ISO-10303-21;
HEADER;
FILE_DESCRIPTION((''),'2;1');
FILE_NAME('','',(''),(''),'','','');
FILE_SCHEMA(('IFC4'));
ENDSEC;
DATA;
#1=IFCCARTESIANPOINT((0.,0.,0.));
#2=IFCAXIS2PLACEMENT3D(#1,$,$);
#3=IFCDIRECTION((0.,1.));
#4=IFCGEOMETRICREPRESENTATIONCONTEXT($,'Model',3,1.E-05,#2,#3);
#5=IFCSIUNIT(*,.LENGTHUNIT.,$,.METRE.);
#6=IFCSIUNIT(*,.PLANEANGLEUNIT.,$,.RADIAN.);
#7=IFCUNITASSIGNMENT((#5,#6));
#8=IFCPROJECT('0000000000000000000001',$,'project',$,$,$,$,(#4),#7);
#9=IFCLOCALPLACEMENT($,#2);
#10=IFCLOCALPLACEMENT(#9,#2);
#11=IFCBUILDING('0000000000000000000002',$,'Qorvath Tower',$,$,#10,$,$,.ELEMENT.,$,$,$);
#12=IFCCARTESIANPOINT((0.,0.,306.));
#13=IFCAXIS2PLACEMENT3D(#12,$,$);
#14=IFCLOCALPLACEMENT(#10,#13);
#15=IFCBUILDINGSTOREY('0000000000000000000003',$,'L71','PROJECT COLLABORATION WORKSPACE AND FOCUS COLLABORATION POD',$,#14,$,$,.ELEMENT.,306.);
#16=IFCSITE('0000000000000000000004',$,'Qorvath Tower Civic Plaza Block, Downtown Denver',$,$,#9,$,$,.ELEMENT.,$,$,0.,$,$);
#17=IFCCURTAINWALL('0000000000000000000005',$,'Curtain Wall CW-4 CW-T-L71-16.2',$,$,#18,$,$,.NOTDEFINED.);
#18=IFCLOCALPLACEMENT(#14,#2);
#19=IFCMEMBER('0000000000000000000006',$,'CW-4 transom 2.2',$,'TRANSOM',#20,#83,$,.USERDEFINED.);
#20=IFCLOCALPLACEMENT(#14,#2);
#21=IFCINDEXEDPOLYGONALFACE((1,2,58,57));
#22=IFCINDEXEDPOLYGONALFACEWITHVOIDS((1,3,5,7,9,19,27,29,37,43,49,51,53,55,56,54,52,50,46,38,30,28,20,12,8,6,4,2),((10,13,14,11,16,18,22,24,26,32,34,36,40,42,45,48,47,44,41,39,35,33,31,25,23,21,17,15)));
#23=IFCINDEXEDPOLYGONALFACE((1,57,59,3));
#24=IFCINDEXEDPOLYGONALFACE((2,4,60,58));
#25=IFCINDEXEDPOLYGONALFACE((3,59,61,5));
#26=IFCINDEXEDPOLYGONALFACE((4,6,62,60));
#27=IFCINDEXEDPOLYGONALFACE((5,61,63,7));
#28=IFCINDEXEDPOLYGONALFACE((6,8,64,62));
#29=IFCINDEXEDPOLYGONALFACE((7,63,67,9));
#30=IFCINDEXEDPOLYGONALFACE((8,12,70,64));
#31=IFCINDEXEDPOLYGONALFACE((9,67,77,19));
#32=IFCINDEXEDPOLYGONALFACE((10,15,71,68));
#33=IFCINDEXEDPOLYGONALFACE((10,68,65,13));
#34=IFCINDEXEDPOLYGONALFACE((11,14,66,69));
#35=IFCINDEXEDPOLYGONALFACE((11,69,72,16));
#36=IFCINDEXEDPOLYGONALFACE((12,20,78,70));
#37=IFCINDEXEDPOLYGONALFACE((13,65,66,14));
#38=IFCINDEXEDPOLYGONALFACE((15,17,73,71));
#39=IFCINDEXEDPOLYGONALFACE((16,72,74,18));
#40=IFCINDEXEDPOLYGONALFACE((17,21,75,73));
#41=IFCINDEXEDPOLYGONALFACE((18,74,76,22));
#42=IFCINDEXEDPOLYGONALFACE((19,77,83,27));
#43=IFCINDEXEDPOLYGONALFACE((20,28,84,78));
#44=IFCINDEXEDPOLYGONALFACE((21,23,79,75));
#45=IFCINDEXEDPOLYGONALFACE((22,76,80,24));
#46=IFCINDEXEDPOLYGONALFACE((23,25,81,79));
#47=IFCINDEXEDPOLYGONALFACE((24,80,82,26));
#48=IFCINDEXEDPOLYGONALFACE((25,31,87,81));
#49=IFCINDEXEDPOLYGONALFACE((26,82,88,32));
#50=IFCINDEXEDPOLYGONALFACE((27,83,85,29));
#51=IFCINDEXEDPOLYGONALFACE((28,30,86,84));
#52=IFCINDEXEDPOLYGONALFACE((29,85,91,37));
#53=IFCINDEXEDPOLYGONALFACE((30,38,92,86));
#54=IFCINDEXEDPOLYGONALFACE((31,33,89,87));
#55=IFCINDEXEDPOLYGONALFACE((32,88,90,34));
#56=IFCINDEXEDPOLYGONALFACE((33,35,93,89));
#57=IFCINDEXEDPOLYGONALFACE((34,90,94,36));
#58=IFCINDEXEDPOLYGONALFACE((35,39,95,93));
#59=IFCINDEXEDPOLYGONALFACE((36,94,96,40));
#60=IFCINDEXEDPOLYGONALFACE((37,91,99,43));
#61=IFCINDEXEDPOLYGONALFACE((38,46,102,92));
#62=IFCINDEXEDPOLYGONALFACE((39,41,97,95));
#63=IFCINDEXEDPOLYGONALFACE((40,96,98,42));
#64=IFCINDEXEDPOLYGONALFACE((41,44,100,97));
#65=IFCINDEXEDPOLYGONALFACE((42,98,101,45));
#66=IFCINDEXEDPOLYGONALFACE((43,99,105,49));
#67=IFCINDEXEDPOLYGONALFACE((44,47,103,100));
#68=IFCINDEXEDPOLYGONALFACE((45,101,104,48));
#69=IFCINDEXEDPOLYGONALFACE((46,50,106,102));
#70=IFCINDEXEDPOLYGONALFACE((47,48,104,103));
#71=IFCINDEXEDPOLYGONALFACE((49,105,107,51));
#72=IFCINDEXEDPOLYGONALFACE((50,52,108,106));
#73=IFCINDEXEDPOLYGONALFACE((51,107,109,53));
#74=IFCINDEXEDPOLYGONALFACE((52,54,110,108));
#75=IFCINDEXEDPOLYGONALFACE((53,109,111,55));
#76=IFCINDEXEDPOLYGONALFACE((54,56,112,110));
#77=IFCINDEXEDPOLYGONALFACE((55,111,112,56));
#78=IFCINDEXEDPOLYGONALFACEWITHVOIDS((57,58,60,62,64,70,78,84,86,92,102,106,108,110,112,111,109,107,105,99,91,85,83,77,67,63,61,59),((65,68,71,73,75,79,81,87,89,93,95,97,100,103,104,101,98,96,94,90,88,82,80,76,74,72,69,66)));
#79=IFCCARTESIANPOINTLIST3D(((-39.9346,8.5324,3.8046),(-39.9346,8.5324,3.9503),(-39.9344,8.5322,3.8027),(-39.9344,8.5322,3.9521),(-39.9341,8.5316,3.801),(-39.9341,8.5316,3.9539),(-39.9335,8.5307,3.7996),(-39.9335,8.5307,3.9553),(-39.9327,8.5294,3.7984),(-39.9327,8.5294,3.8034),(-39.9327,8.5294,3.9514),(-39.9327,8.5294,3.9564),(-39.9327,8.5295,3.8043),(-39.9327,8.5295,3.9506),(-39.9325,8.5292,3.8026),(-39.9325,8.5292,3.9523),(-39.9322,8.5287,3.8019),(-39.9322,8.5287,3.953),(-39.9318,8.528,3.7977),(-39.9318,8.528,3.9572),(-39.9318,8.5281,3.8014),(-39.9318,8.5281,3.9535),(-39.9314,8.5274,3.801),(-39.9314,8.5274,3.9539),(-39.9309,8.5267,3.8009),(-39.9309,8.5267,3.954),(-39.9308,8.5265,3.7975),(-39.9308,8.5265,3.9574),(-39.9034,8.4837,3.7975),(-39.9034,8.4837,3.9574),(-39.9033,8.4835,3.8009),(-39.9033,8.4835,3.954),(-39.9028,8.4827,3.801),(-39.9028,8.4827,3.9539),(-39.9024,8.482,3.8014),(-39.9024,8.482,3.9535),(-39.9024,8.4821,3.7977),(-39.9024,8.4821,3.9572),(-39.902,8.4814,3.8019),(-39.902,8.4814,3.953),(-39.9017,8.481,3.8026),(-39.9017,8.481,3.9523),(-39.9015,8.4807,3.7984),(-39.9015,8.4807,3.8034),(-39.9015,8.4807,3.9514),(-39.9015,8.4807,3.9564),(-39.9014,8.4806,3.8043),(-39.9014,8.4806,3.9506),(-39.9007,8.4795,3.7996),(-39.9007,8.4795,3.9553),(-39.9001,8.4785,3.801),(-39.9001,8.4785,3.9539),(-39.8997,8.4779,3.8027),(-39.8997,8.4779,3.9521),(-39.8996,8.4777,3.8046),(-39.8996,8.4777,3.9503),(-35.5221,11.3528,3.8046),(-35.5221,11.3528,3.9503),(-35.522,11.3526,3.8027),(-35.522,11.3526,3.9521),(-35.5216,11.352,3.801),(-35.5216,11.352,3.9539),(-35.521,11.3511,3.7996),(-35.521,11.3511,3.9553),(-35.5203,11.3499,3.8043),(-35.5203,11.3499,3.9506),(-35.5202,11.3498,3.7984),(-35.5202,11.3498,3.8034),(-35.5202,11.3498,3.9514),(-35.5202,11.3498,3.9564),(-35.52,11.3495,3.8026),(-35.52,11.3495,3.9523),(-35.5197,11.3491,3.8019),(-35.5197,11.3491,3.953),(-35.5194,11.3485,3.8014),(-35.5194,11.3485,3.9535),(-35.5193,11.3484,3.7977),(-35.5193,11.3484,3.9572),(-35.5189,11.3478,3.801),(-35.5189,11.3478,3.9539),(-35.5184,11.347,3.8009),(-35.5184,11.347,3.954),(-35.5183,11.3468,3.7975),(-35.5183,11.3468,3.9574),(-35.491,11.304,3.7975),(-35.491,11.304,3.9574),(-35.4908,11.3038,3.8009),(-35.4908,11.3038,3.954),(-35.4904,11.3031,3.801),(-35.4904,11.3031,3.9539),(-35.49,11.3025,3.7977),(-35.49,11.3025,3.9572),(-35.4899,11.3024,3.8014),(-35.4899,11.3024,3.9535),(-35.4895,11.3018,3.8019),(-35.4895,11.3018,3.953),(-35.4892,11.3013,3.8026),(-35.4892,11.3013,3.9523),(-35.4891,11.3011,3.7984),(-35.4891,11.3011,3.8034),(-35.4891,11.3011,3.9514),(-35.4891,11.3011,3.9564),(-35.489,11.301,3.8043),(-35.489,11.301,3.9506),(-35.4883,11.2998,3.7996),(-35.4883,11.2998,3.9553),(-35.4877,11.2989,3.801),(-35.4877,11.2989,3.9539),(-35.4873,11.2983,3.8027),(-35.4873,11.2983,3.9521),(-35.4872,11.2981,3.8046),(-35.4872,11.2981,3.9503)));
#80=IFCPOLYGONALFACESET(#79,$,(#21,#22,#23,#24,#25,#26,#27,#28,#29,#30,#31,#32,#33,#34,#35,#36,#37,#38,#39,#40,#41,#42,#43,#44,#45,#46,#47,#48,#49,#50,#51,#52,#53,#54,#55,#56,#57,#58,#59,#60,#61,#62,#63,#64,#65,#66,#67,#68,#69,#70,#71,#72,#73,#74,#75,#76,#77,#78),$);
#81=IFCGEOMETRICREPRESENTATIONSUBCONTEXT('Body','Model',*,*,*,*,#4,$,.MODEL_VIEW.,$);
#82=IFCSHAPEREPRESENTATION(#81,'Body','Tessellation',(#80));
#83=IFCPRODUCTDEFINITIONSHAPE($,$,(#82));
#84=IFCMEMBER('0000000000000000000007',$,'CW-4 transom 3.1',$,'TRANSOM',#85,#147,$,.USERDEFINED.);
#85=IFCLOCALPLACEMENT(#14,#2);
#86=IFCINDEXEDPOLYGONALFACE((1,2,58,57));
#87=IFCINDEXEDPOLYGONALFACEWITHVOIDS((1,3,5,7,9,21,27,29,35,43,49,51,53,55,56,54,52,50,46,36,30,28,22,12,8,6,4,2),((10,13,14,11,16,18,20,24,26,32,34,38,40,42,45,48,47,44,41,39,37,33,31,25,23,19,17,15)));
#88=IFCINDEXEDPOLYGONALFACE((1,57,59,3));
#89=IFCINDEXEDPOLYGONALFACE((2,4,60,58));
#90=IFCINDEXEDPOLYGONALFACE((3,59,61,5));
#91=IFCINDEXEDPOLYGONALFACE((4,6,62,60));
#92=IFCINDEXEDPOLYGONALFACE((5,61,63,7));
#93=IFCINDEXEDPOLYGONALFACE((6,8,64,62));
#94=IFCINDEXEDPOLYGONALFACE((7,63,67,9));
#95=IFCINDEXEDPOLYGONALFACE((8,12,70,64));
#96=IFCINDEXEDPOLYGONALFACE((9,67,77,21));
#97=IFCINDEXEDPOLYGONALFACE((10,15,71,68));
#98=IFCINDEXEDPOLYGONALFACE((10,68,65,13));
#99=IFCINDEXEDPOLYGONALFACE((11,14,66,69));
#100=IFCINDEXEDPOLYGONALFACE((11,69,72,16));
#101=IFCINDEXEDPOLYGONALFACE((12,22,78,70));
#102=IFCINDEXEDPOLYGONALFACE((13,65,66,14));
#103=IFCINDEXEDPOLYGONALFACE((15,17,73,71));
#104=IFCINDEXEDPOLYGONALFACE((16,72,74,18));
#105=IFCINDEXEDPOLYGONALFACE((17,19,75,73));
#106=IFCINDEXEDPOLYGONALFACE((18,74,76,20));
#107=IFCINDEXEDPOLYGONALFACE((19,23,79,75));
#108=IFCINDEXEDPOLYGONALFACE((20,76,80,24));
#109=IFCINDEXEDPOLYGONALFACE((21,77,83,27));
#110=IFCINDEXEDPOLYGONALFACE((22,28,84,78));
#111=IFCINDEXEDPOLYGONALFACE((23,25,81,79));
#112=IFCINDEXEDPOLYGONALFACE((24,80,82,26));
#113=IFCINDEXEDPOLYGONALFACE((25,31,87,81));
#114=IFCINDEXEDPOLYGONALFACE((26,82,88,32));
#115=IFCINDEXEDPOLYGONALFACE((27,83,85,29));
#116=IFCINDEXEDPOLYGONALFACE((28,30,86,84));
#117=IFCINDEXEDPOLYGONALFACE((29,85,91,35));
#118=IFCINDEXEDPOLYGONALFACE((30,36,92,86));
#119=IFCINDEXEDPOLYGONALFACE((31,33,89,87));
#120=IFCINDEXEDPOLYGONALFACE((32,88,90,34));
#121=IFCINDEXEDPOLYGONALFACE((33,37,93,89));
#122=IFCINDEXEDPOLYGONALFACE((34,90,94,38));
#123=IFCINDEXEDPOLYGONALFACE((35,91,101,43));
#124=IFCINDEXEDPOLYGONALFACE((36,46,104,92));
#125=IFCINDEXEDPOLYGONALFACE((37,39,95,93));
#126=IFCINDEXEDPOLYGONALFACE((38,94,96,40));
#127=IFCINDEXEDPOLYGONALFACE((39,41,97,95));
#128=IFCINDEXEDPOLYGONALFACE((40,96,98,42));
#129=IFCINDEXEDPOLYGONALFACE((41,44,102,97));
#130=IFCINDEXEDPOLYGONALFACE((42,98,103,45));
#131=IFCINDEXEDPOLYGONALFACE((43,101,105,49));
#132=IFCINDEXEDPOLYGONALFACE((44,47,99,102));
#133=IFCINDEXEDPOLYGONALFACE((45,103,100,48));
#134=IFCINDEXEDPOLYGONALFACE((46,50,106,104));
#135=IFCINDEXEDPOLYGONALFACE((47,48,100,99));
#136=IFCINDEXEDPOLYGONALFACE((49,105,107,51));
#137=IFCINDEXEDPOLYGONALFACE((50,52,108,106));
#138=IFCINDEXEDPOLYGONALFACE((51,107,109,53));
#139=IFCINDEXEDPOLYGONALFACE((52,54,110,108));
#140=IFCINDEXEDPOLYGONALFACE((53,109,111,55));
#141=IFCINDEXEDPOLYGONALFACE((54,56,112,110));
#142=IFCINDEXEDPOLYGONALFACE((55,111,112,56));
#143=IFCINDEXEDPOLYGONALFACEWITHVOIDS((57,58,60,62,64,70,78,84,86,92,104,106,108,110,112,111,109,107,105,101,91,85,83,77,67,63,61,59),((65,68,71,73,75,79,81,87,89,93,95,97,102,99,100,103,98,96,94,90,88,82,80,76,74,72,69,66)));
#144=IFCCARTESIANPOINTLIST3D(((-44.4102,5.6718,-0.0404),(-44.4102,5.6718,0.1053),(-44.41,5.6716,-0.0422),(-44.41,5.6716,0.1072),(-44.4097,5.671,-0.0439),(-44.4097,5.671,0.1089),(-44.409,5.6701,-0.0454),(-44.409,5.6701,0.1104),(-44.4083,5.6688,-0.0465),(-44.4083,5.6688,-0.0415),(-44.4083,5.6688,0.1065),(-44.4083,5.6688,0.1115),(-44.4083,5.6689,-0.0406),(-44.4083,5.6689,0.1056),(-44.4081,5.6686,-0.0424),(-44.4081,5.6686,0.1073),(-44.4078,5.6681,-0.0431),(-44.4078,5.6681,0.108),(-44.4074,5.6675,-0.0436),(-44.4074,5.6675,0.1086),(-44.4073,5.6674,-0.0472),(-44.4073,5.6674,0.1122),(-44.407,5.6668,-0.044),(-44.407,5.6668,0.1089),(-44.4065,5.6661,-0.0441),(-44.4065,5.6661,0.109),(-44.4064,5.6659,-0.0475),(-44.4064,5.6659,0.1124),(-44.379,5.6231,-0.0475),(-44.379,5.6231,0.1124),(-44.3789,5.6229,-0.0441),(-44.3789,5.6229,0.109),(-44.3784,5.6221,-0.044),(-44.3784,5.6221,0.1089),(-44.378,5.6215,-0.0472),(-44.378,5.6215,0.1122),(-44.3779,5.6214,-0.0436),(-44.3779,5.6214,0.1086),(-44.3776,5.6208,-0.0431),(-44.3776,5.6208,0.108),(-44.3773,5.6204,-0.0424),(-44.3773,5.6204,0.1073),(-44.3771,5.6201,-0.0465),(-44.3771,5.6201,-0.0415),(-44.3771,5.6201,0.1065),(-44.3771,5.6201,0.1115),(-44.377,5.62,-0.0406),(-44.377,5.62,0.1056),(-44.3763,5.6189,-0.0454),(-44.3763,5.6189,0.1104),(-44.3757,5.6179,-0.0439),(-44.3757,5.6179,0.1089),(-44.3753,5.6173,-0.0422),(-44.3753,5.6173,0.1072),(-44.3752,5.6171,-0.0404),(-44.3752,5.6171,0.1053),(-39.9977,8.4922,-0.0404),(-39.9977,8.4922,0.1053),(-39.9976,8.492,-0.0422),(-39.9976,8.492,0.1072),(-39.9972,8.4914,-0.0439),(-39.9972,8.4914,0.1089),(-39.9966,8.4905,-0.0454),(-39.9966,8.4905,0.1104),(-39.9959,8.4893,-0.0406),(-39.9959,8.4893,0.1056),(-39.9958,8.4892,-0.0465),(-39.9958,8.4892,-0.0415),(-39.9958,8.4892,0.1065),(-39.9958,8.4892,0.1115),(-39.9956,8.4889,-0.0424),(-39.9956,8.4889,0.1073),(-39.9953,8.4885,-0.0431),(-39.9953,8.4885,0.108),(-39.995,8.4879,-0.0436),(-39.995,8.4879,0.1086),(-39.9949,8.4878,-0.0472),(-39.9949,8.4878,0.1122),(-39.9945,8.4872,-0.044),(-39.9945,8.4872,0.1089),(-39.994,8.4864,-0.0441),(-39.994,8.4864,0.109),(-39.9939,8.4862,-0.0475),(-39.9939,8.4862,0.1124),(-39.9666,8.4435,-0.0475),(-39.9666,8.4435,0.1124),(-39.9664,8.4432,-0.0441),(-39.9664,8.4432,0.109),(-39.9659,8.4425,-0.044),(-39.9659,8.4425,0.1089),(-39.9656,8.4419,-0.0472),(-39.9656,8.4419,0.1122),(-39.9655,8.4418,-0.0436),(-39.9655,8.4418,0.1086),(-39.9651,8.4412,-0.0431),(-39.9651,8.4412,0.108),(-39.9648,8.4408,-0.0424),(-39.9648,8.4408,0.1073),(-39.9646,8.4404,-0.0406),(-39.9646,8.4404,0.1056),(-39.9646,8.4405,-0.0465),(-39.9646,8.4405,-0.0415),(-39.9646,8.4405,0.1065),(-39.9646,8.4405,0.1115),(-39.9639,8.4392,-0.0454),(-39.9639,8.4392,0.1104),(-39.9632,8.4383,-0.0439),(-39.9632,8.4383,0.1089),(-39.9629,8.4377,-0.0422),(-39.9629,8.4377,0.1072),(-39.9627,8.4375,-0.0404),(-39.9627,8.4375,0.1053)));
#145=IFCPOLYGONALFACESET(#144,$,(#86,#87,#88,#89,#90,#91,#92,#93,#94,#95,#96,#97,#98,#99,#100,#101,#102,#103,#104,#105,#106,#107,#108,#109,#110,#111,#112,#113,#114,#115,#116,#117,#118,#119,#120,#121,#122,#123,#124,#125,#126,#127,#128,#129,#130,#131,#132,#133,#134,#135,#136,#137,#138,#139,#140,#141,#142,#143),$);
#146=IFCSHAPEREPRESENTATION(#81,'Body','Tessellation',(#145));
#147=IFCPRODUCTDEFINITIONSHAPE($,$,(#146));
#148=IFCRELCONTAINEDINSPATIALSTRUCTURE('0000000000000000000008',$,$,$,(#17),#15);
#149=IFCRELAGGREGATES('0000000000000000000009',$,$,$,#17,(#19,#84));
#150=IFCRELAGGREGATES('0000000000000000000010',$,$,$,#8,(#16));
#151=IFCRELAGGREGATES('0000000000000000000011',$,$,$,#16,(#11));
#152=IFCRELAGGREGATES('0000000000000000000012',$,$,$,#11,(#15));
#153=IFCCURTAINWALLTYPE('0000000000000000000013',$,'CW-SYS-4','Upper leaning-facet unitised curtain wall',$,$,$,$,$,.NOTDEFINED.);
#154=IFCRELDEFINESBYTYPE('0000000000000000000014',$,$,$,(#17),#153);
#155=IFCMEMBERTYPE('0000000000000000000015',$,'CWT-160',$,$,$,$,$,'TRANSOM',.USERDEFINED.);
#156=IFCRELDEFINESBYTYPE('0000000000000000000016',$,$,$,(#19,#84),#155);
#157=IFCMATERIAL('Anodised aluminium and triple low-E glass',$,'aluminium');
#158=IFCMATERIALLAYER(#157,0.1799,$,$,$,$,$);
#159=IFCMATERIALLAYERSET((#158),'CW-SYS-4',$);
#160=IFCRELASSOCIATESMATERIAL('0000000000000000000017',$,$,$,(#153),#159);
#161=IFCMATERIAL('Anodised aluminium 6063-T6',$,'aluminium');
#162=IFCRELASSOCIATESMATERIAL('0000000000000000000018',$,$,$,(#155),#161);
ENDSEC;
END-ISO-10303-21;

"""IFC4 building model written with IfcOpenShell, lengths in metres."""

from ifc_helpers import new_model, si_unit, direction, frame, origin, origin_2d, place, context, subcontext, project, spatial, hollow_rectangle, extrude, material, layer, layer_set, material_profile, profile_set, type_object, element, aggregate, save


model = new_model("IFC4")

# Units and contexts
model_context = context("Model", 3, precision=1e-05, world=origin(), true_north=direction((0.0, 1.0)))
body_context = subcontext(model_context, "Body", "Model", "MODEL_VIEW")
ifc_project = project(units=[si_unit("LENGTHUNIT", "METRE"), si_unit("PLANEANGLEUNIT", "RADIAN")], contexts=[model_context])

# Site, building, storey
site_placement = place(None, origin())
site = spatial("IfcSite", under=ifc_project, at=site_placement, Name="Qorvath Tower Civic Plaza Block, Downtown Denver", CompositionType="ELEMENT", RefElevation=0.0)
building_placement = place(site_placement, origin())
building = spatial("IfcBuilding", under=site, at=building_placement, Name="Qorvath Tower", CompositionType="ELEMENT")
storey_placement = place(building_placement, frame((0.0, 0.0, 306.0)))
storey = spatial("IfcBuildingStorey", under=building, at=storey_placement, Name="L71", Description="PROJECT COLLABORATION WORKSPACE AND FOCUS COLLABORATION POD", CompositionType="ELEMENT", Elevation=306.0)

# Curtain wall, members
ifc_material_1 = material(Name="Anodised aluminium and triple low-E glass", Category="aluminium")
ifc_layer_1 = layer(ifc_material_1, 0.1799)
ifc_layer_set_1 = layer_set([ifc_layer_1], Name="CW-SYS-4")
curtain_wall_type = type_object("IfcCurtainWallType", Name="CW-SYS-4", Description="Upper leaning-facet unitised curtain wall", PredefinedType="NOTDEFINED", material=ifc_layer_set_1)
curtain_wall_placement = place(storey_placement, origin())
curtain_wall = element("IfcCurtainWall", 1, at=curtain_wall_placement, inside=storey, type_object=curtain_wall_type, Name="Curtain Wall CW-4 CW-T-L71-16.2", PredefinedType="NOTDEFINED")
ifc_material_2 = material(Name="Anodised aluminium 6063-T6", Category="aluminium")
ifc_material_profile_1 = material_profile(ifc_material_2, hollow_rectangle(XDim=0.0649, YDim=0.1599, WallThickness=0.0034, InnerFilletRadius=0.0034, OuterFilletRadius=0.0071, at=origin_2d()), Name="CWT 160x65")
ifc_profile_set_1 = profile_set([ifc_material_profile_1], Name="Anodised aluminium 6063-T6")
member_type_1 = type_object("IfcMemberType", Name="CWT-160", ElementType="TRANSOM", PredefinedType="USERDEFINED", material=ifc_profile_set_1)
member_1_placement = place(storey_placement, frame((-35.5046, 11.3254, 3.8774), z_axis=(-0.842583, -0.538567, 0.0), x_axis=(0.538567, -0.842583, 0.0)))
member_1 = element("IfcMember", 2, at=member_1_placement, type_object=member_type_1, Name="CW-4 transom 2.2", ObjectType="TRANSOM", PredefinedType="USERDEFINED", context=body_context, shape_type="SweptSolid", body=[
    extrude(hollow_rectangle(XDim=0.0649, YDim=0.1599, WallThickness=0.0034, InnerFilletRadius=0.0034, OuterFilletRadius=0.0071, at=origin_2d()), origin(), (0.0, 0.0, 1.0), 5.2368),
])
member_2_placement = place(storey_placement, frame((-39.9802, 8.4648, 0.0325), z_axis=(-0.842583, -0.538567, 0.0), x_axis=(0.538567, -0.842583, 0.0)))
member_2 = element("IfcMember", 3, at=member_2_placement, type_object=member_type_1, Name="CW-4 transom 3.1", ObjectType="TRANSOM", PredefinedType="USERDEFINED", context=body_context, shape_type="SweptSolid", body=[
    extrude(hollow_rectangle(XDim=0.0649, YDim=0.1599, WallThickness=0.0034, InnerFilletRadius=0.0034, OuterFilletRadius=0.0071, at=origin_2d()), origin(), (0.0, 0.0, 1.0), 5.2368),
])
aggregate(curtain_wall, [member_1, member_2])

save(model, "model.ifc")
